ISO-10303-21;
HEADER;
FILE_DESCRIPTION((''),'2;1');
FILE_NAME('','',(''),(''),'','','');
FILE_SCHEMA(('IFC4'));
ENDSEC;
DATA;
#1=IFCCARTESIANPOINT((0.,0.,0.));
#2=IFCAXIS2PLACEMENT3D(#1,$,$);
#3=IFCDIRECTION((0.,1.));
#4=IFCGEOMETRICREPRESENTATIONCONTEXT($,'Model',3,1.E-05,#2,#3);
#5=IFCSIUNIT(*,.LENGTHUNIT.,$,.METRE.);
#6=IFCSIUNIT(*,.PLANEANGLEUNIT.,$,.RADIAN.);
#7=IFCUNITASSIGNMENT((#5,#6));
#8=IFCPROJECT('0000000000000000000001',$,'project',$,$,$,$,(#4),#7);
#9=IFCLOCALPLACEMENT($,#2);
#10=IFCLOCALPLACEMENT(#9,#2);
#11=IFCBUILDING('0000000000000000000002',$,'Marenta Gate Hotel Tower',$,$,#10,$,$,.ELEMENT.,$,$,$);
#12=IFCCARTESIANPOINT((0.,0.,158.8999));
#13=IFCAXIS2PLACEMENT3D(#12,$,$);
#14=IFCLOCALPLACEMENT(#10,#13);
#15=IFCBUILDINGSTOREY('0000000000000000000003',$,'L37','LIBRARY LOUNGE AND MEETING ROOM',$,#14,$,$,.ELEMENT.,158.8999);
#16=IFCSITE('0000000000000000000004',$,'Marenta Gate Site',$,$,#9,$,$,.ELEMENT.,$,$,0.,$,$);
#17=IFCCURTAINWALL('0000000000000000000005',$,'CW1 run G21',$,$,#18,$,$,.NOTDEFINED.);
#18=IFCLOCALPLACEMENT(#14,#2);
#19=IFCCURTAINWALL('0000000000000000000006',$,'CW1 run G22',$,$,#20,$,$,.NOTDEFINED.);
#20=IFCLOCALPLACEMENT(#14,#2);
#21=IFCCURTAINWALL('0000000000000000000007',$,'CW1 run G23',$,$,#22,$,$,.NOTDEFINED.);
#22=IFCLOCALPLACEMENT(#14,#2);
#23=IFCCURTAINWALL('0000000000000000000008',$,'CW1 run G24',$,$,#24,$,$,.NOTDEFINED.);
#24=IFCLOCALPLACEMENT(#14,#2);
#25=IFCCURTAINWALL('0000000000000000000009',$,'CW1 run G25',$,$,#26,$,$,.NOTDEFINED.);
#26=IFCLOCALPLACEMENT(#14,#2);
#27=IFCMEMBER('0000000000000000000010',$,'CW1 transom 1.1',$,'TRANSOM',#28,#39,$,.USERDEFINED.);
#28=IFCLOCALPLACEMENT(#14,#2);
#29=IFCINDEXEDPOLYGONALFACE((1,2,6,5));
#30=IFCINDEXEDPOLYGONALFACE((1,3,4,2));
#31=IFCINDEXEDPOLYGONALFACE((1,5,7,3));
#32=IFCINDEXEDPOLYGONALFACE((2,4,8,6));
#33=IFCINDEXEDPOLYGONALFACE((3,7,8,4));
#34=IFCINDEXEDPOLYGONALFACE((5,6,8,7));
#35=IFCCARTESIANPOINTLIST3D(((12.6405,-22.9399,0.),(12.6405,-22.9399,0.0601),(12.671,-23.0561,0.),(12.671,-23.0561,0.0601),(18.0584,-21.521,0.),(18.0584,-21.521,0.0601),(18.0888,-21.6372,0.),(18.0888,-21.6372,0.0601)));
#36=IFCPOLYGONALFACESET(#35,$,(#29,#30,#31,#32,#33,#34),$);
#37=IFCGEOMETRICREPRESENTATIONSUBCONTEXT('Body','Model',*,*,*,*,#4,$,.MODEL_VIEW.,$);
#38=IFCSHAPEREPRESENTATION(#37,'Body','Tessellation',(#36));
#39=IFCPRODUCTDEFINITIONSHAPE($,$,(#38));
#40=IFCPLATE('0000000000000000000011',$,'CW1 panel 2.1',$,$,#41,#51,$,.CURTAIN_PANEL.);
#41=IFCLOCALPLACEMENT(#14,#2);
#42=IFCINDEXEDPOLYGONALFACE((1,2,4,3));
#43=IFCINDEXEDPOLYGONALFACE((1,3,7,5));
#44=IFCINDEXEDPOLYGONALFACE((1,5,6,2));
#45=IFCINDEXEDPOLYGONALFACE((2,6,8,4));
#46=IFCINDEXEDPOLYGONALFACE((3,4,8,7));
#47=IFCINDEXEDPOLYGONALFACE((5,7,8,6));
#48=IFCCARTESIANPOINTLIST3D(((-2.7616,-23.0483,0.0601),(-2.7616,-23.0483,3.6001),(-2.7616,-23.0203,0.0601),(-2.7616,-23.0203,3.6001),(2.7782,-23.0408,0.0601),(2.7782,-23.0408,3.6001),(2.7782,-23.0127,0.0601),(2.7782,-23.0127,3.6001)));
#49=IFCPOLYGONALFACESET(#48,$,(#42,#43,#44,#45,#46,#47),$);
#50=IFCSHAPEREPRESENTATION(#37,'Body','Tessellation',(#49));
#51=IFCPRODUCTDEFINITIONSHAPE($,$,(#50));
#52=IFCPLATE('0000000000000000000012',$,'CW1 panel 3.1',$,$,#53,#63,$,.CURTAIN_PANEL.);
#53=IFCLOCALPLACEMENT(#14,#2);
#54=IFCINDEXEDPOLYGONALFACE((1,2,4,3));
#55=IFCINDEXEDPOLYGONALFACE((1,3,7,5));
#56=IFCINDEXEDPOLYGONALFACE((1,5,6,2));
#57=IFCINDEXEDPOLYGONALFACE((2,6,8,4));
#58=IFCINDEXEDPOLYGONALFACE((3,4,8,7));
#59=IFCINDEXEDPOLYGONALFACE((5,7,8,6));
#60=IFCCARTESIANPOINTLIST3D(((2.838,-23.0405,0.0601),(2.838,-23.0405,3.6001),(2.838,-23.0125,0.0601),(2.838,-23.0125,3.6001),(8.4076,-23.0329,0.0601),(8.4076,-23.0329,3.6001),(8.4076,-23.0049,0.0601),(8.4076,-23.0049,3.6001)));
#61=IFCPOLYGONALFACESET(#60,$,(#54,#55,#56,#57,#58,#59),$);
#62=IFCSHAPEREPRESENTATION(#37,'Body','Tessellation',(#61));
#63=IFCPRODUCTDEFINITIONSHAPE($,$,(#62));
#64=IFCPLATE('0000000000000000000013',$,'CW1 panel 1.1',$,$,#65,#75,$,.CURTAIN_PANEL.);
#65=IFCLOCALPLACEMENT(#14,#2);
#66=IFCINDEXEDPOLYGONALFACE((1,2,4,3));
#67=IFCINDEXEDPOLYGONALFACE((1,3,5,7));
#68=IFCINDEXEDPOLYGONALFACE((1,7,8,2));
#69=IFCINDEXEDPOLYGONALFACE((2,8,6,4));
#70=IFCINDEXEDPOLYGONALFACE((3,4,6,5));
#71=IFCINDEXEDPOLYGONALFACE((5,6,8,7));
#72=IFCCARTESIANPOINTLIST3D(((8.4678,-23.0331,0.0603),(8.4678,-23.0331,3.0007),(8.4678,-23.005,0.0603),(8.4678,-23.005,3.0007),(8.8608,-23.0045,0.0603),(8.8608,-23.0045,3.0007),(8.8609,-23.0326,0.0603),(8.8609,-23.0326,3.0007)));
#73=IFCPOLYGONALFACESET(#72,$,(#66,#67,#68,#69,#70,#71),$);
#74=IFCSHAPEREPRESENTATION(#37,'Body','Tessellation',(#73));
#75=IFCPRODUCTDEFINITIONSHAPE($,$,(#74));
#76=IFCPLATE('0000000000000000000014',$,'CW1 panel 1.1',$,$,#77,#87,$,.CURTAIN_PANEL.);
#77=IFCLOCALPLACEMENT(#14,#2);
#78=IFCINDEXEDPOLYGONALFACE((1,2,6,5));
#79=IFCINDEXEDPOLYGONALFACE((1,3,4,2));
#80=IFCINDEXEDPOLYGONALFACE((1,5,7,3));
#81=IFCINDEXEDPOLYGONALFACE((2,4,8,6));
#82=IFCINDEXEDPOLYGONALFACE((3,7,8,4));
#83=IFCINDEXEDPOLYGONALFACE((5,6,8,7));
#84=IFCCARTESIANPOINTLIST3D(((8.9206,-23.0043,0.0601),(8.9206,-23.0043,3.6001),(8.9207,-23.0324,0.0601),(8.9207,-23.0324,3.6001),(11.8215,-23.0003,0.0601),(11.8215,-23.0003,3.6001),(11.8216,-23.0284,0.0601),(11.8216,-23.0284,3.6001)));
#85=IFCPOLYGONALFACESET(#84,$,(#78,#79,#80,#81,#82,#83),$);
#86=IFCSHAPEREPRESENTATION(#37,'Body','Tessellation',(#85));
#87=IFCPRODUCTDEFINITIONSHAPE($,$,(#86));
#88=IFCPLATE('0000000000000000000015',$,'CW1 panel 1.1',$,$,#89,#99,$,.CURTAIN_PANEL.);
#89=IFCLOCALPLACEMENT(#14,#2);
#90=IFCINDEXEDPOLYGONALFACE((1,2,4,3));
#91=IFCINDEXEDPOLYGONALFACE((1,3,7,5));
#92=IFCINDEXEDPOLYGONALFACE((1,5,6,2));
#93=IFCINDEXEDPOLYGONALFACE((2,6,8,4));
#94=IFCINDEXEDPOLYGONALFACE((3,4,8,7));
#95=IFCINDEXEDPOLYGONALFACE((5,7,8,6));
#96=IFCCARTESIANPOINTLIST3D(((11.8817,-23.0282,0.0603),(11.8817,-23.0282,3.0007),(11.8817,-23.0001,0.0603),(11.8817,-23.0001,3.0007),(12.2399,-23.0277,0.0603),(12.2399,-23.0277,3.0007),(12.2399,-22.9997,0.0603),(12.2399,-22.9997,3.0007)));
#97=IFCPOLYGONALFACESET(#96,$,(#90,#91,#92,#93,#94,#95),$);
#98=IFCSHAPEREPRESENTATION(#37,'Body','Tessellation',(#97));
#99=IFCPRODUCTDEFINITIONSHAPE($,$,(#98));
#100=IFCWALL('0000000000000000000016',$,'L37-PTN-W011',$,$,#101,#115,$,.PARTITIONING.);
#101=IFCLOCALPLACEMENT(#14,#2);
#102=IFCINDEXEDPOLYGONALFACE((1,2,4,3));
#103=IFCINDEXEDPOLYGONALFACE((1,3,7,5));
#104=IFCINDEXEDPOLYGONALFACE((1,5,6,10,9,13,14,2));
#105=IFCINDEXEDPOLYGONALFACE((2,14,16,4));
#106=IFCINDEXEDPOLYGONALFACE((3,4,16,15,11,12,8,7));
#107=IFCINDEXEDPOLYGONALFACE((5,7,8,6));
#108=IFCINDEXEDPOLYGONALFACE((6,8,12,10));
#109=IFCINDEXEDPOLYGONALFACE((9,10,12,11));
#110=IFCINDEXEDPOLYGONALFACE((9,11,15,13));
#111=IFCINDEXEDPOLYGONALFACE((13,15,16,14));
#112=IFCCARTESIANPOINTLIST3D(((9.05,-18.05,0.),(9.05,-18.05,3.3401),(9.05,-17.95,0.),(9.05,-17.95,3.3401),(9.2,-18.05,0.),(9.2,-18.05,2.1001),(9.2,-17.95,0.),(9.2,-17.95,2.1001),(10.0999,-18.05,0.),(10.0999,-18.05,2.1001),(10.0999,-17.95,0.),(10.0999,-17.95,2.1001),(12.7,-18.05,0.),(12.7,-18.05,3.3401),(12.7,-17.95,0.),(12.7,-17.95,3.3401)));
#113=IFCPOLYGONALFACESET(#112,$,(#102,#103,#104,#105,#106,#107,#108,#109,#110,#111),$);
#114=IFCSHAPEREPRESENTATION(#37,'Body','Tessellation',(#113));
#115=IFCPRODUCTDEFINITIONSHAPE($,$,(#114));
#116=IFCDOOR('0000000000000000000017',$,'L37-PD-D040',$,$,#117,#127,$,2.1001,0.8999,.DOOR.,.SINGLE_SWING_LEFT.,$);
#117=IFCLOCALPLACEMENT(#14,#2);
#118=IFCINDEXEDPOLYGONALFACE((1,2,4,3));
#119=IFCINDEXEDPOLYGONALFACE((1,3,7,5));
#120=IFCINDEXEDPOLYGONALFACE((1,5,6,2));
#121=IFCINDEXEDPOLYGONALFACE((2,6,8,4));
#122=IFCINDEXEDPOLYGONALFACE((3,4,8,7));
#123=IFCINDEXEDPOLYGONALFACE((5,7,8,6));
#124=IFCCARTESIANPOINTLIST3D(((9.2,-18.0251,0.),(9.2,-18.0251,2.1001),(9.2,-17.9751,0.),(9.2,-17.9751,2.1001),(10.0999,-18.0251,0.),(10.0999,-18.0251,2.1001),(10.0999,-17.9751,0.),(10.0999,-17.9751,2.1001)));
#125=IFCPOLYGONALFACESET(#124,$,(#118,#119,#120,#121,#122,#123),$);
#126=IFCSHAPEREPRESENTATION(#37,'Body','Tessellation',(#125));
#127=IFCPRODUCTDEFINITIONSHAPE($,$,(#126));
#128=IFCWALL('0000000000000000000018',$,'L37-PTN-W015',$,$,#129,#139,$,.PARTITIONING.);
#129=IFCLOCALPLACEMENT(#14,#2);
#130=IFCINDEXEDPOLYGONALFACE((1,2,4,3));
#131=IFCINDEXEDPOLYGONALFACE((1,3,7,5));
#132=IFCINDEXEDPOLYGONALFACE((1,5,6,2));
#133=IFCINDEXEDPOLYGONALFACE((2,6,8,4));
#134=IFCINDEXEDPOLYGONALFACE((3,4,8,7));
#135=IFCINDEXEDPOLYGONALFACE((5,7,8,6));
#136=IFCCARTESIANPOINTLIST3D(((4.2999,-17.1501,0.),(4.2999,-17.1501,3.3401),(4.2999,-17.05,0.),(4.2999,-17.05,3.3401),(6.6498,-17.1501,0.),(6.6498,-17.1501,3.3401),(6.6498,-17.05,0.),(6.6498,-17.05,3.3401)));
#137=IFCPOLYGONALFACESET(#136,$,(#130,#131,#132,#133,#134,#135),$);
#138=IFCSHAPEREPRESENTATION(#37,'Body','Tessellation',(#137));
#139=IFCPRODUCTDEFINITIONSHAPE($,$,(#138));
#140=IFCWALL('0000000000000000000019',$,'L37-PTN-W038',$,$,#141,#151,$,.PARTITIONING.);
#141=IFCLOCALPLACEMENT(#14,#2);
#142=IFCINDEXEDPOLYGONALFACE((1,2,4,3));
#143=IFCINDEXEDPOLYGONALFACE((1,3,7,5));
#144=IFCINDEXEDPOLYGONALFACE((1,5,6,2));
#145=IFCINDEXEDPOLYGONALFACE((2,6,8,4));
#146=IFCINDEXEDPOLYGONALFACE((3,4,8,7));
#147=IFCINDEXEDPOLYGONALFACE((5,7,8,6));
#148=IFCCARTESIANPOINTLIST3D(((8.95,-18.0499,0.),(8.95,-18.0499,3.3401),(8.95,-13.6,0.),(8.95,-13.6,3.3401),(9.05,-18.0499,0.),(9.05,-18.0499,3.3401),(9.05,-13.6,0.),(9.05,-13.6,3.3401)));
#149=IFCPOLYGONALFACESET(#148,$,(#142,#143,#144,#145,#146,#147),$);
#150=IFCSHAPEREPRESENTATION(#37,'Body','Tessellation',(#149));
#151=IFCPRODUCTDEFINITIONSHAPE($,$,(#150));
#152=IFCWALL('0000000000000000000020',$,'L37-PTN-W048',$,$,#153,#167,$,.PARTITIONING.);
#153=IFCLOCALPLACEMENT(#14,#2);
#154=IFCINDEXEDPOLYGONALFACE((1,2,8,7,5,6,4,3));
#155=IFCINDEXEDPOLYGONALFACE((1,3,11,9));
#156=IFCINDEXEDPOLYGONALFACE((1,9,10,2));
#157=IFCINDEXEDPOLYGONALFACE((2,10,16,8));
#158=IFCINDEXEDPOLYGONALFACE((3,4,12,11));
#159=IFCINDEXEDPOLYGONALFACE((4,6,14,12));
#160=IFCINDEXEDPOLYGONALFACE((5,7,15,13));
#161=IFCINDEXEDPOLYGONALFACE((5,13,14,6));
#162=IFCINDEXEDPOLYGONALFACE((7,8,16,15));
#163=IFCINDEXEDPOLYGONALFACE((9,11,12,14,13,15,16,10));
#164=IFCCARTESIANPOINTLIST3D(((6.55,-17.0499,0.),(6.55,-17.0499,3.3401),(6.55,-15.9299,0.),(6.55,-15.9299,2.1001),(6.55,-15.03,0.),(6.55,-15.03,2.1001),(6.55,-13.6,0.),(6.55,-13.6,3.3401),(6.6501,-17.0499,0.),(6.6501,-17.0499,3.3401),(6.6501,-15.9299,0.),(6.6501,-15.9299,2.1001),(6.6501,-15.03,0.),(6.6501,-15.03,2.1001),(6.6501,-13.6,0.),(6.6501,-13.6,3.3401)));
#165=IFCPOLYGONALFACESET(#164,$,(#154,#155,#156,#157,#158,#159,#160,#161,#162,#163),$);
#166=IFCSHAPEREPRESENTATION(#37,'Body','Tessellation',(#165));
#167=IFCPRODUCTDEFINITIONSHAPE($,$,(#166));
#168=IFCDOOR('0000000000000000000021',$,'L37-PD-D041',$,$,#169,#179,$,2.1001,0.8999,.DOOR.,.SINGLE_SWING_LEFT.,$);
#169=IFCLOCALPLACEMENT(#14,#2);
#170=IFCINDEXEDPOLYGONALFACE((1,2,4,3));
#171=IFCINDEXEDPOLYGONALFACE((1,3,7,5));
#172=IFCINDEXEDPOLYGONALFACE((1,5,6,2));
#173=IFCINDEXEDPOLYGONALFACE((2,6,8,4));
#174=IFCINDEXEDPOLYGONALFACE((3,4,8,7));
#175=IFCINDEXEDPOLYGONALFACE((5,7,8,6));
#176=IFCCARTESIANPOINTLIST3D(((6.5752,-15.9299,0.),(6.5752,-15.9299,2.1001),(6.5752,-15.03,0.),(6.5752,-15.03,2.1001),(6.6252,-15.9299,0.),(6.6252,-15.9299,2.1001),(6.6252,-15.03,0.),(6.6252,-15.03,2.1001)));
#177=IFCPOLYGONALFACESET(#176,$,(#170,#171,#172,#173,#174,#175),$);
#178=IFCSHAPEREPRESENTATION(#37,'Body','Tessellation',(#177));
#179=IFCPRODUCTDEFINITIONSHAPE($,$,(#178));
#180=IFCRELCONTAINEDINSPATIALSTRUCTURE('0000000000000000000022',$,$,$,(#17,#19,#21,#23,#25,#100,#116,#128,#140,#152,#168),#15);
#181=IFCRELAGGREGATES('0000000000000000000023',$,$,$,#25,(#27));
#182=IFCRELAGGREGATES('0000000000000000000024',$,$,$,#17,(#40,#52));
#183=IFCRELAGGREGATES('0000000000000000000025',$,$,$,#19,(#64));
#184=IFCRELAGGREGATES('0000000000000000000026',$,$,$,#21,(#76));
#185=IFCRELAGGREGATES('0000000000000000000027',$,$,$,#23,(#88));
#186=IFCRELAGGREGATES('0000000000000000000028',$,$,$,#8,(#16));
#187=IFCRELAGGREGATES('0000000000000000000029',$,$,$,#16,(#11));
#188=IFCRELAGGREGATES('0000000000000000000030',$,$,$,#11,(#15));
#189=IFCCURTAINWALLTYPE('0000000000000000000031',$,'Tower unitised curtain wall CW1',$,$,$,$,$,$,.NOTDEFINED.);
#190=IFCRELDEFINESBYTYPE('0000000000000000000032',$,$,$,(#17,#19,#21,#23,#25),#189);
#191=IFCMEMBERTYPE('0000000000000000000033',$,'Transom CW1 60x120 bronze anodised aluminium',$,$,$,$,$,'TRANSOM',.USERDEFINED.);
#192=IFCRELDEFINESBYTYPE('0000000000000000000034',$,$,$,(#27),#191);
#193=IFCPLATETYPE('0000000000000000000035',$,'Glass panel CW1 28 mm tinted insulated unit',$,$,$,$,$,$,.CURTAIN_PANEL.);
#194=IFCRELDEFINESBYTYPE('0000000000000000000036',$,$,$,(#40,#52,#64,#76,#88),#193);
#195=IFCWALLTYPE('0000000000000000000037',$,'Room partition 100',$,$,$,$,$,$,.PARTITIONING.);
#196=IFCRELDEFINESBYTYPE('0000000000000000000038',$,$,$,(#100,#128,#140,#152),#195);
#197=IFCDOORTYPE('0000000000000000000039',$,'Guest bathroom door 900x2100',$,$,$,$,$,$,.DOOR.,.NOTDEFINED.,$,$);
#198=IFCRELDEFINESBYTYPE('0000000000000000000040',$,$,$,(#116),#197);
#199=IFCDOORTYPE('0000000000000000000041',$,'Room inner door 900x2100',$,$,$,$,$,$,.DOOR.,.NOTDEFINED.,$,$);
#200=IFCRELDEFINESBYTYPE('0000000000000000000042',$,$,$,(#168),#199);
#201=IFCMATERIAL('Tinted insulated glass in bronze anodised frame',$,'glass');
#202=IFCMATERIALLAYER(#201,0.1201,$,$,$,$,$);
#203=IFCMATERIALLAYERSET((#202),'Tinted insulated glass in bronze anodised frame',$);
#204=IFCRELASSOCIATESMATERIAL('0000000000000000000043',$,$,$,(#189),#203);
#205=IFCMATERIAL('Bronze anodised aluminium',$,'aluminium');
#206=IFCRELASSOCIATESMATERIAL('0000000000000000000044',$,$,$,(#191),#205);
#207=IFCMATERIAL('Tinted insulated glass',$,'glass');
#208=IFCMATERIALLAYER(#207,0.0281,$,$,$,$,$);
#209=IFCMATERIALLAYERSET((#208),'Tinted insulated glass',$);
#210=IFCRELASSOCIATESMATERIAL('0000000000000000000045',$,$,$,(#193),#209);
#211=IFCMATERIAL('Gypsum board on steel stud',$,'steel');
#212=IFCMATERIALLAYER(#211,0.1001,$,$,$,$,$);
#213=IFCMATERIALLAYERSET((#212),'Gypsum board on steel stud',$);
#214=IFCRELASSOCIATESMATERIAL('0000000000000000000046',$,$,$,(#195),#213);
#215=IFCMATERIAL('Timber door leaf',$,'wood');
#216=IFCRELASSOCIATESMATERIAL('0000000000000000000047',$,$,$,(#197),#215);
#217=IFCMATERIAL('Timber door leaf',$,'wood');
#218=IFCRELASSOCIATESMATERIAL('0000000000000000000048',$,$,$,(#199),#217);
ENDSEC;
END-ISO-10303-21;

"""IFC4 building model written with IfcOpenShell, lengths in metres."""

from ifc_helpers import new_model, si_unit, direction, frame, frame_2d, origin, origin_2d, place, context, subcontext, project, spatial, rectangle, extrude, material, layer, layer_set, material_profile, profile_set, type_object, element, fill, aggregate, save


model = new_model("IFC4")

# Units and contexts
model_context = context("Model", 3, precision=1e-05, world=origin(), true_north=direction((0.0, 1.0)))
body_context = subcontext(model_context, "Body", "Model", "MODEL_VIEW")
ifc_project = project(units=[si_unit("LENGTHUNIT", "METRE"), si_unit("PLANEANGLEUNIT", "RADIAN")], contexts=[model_context])

# Site, building, storey
site_placement = place(None, origin())
site = spatial("IfcSite", under=ifc_project, at=site_placement, Name="Marenta Gate Site", CompositionType="ELEMENT", RefElevation=0.0)
building_placement = place(site_placement, origin())
building = spatial("IfcBuilding", under=site, at=building_placement, Name="Marenta Gate Hotel Tower", CompositionType="ELEMENT")
storey_placement = place(building_placement, frame((0.0, 0.0, 158.8999)))
storey = spatial("IfcBuildingStorey", under=building, at=storey_placement, Name="L37", Description="LIBRARY LOUNGE AND MEETING ROOM", CompositionType="ELEMENT", Elevation=158.8999)

# Curtain walls
ifc_material_1 = material(Name="Tinted insulated glass in bronze anodised frame", Category="glass")
ifc_layer_1 = layer(ifc_material_1, 0.1201)
ifc_layer_set_1 = layer_set([ifc_layer_1], Name="Tinted insulated glass in bronze anodised frame")
curtain_wall_type = type_object("IfcCurtainWallType", Name="Tower unitised curtain wall CW1", PredefinedType="NOTDEFINED", material=ifc_layer_set_1)
curtain_wall_1_placement = place(storey_placement, origin())
curtain_wall_1 = element("IfcCurtainWall", 1, at=curtain_wall_1_placement, inside=storey, type_object=curtain_wall_type, Name="CW1 run G21", PredefinedType="NOTDEFINED")
curtain_wall_2_placement = place(storey_placement, origin())
curtain_wall_2 = element("IfcCurtainWall", 2, at=curtain_wall_2_placement, inside=storey, type_object=curtain_wall_type, Name="CW1 run G22", PredefinedType="NOTDEFINED")
curtain_wall_3_placement = place(storey_placement, origin())
curtain_wall_3 = element("IfcCurtainWall", 3, at=curtain_wall_3_placement, inside=storey, type_object=curtain_wall_type, Name="CW1 run G23", PredefinedType="NOTDEFINED")

# Curtain wall
curtain_wall_4_placement = place(storey_placement, origin())
curtain_wall_4 = element("IfcCurtainWall", 4, at=curtain_wall_4_placement, inside=storey, type_object=curtain_wall_type, Name="CW1 run G24", PredefinedType="NOTDEFINED")

# Curtain wall
curtain_wall_5_placement = place(storey_placement, origin())
curtain_wall_5 = element("IfcCurtainWall", 5, at=curtain_wall_5_placement, inside=storey, type_object=curtain_wall_type, Name="CW1 run G25", PredefinedType="NOTDEFINED")

# Member
ifc_material_2 = material(Name="Bronze anodised aluminium", Category="aluminium")
ifc_material_profile_1 = material_profile(ifc_material_2, rectangle(XDim=0.1201, YDim=0.0601, at=origin_2d()), Name="Transom CW1 60x120 bronze anodised aluminium")
ifc_profile_set_1 = profile_set([ifc_material_profile_1], Name="Bronze anodised aluminium")
member_type_1 = type_object("IfcMemberType", Name="Transom CW1 60x120 bronze anodised aluminium", ElementType="TRANSOM", PredefinedType="USERDEFINED", material=ifc_profile_set_1)
member_1_placement = place(storey_placement, frame((12.6558, -22.998, 0.03), z_axis=(0.967374, 0.253352, 0.0), x_axis=(-0.253352, 0.967374, 0.0)))
member_1 = element("IfcMember", 6, at=member_1_placement, type_object=member_type_1, Name="CW1 transom 1.1", ObjectType="TRANSOM", PredefinedType="USERDEFINED", context=body_context, shape_type="SweptSolid", body=[
    extrude(rectangle(XDim=0.1201, YDim=0.0601, at=origin_2d()), origin(), (0.0, 0.0, 1.0), 5.6006),
])
aggregate(curtain_wall_5, [member_1])

# Plates
ifc_material_3 = material(Name="Tinted insulated glass", Category="glass")
ifc_layer_2 = layer(ifc_material_3, 0.0281)
ifc_layer_set_2 = layer_set([ifc_layer_2], Name="Tinted insulated glass")
plate_type = type_object("IfcPlateType", Name="Glass panel CW1 28 mm tinted insulated unit", PredefinedType="CURTAIN_PANEL", material=ifc_layer_set_2)
plate_1_placement = place(storey_placement, frame((0.0083, -23.0305, 0.0601), z_axis=(0.0, 0.0, 1.0), x_axis=(0.999999, 0.001363, 0.0)))
plate_1 = element("IfcPlate", 7, at=plate_1_placement, type_object=plate_type, Name="CW1 panel 2.1", PredefinedType="CURTAIN_PANEL", context=body_context, shape_type="SweptSolid", body=[
    extrude(rectangle(XDim=5.5398, YDim=0.0281, at=origin_2d()), origin(), (0.0, 0.0, 1.0), 3.54),
])
plate_2_placement = place(storey_placement, frame((5.6228, -23.0227, 0.0601), z_axis=(0.0, 0.0, 1.0), x_axis=(0.999999, 0.001363, 0.0)))
plate_2 = element("IfcPlate", 8, at=plate_2_placement, type_object=plate_type, Name="CW1 panel 3.1", PredefinedType="CURTAIN_PANEL", context=body_context, shape_type="SweptSolid", body=[
    extrude(rectangle(XDim=5.5696, YDim=0.0281, at=origin_2d()), origin(), (0.0, 0.0, 1.0), 3.54),
])
aggregate(curtain_wall_1, [plate_1, plate_2])
plate_3_placement = place(storey_placement, frame((8.6643, -23.0188, 0.0603), z_axis=(0.0, 0.0, 1.0), x_axis=(0.999999, 0.001325, 0.0)))
plate_3 = element("IfcPlate", 9, at=plate_3_placement, type_object=plate_type, Name="CW1 panel 1.1", PredefinedType="CURTAIN_PANEL", context=body_context, shape_type="SweptSolid", body=[
    extrude(rectangle(XDim=0.3931, YDim=0.0281, at=origin_2d()), origin(), (0.0, 0.0, 1.0), 2.9404),
])
aggregate(curtain_wall_2, [plate_3])
plate_4_placement = place(storey_placement, frame((10.3711, -23.0164, 0.0601), z_axis=(0.0, 0.0, 1.0), x_axis=(0.999999, 0.001385, 0.0)))
plate_4 = element("IfcPlate", 10, at=plate_4_placement, type_object=plate_type, Name="CW1 panel 1.1", PredefinedType="CURTAIN_PANEL", context=body_context, shape_type="SweptSolid", body=[
    extrude(rectangle(XDim=2.9009, YDim=0.0281, at=origin_2d()), origin(), (0.0, 0.0, 1.0), 3.54),
])
aggregate(curtain_wall_3, [plate_4])
plate_5_placement = place(storey_placement, frame((12.0608, -23.0139, 0.0603), z_axis=(0.0, 0.0, 1.0), x_axis=(0.999999, 0.001255, 0.0)))
plate_5 = element("IfcPlate", 11, at=plate_5_placement, type_object=plate_type, Name="CW1 panel 1.1", PredefinedType="CURTAIN_PANEL", context=body_context, shape_type="SweptSolid", body=[
    extrude(rectangle(XDim=0.3582, YDim=0.0281, at=origin_2d()), origin(), (0.0, 0.0, 1.0), 2.9404),
])
aggregate(curtain_wall_4, [plate_5])

# Wall, opening, door
ifc_material_4 = material(Name="Gypsum board on steel stud", Category="steel")
ifc_layer_3 = layer(ifc_material_4, 0.1001)
ifc_layer_set_3 = layer_set([ifc_layer_3], Name="Gypsum board on steel stud")
wall_type_1 = type_object("IfcWallType", Name="Room partition 100", PredefinedType="PARTITIONING", material=ifc_layer_set_3)
wall_1_placement = place(storey_placement, frame((9.05, -18.0, 0.0), z_axis=(0.0, 0.0, 1.0), x_axis=(1.0, 0.0, 0.0)))
wall_1 = element("IfcWall", 12, at=wall_1_placement, inside=storey, type_object=wall_type_1, Name="L37-PTN-W011", PredefinedType="PARTITIONING", context=body_context, shape_type="SweptSolid", body=[
    extrude(rectangle(XDim=3.6499, YDim=0.1001, at=frame_2d((1.825, 0.0))), origin(), (0.0, 0.0, 1.0), 3.3401),
])
opening_1_placement = place(wall_1_placement, frame((0.1499, 0.0, 0.0)))
opening_1 = element("IfcOpeningElement", 13, at=opening_1_placement, cuts=wall_1, PredefinedType="OPENING", context=body_context, shape_type="SweptSolid", body=[
    extrude(rectangle(XDim=0.8999, YDim=2.1001, at=frame_2d((0.45, 1.05))), frame((0.0, 0.05, 0.0), z_axis=(0.0, -1.0, 0.0), x_axis=(1.0, 0.0, 0.0)), (0.0, 0.0, 1.0), 0.1001),
])
ifc_material_5 = material(Name="Timber door leaf", Category="wood")
door_type_1 = type_object("IfcDoorType", Name="Guest bathroom door 900x2100", OperationType="NOTDEFINED", PredefinedType="DOOR", material=ifc_material_5)
door_1_placement = place(opening_1_placement, origin())
door_1 = element("IfcDoor", 14, at=door_1_placement, inside=storey, type_object=door_type_1, Name="L37-PD-D040", OperationType="SINGLE_SWING_LEFT", OverallHeight=2.1001, OverallWidth=0.8999, PredefinedType="DOOR", context=body_context, shape_type="SweptSolid", body=[
    extrude(rectangle(XDim=0.8999, YDim=2.1001, at=frame_2d((0.45, 1.05))), frame((0.0, 0.0249, 0.0), z_axis=(0.0, -1.0, 0.0), x_axis=(1.0, 0.0, 0.0)), (0.0, 0.0, 1.0), 0.05),
])
fill(opening_1, door_1)

# Walls
wall_2_placement = place(storey_placement, frame((4.3, -17.1001, 0.0), z_axis=(0.0, 0.0, 1.0), x_axis=(1.0, 0.0, 0.0)))
element("IfcWall", 15, at=wall_2_placement, inside=storey, type_object=wall_type_1, Name="L37-PTN-W015", PredefinedType="PARTITIONING", context=body_context, shape_type="SweptSolid", body=[
    extrude(rectangle(XDim=2.3499, YDim=0.1001, at=frame_2d((1.1748, 0.0))), origin(), (0.0, 0.0, 1.0), 3.3401),
])
wall_3_placement = place(storey_placement, frame((9.0, -18.05, 0.0), z_axis=(0.0, 0.0, 1.0), x_axis=(0.0, 1.0, 0.0)))
element("IfcWall", 16, at=wall_3_placement, inside=storey, type_object=wall_type_1, Name="L37-PTN-W038", PredefinedType="PARTITIONING", context=body_context, shape_type="SweptSolid", body=[
    extrude(rectangle(XDim=4.45, YDim=0.1001, at=frame_2d((2.2251, 0.0))), origin(), (0.0, 0.0, 1.0), 3.3401),
])

# Wall, opening, door
wall_4_placement = place(storey_placement, frame((6.6001, -17.05, 0.0), z_axis=(0.0, 0.0, 1.0), x_axis=(0.0, 1.0, 0.0)))
wall_4 = element("IfcWall", 17, at=wall_4_placement, inside=storey, type_object=wall_type_1, Name="L37-PTN-W048", PredefinedType="PARTITIONING", context=body_context, shape_type="SweptSolid", body=[
    extrude(rectangle(XDim=3.45, YDim=0.1001, at=frame_2d((1.7251, 0.0))), origin(), (0.0, 0.0, 1.0), 3.3401),
])
opening_2_placement = place(wall_4_placement, frame((1.1201, 0.0, 0.0)))
opening_2 = element("IfcOpeningElement", 18, at=opening_2_placement, cuts=wall_4, PredefinedType="OPENING", context=body_context, shape_type="SweptSolid", body=[
    extrude(rectangle(XDim=0.8999, YDim=2.1001, at=frame_2d((0.45, 1.05))), frame((0.0, 0.05, 0.0), z_axis=(0.0, -1.0, 0.0), x_axis=(1.0, 0.0, 0.0)), (0.0, 0.0, 1.0), 0.1001),
])
ifc_material_6 = material(Name="Timber door leaf", Category="wood")
door_type_2 = type_object("IfcDoorType", Name="Room inner door 900x2100", OperationType="NOTDEFINED", PredefinedType="DOOR", material=ifc_material_6)
door_2_placement = place(opening_2_placement, origin())
door_2 = element("IfcDoor", 19, at=door_2_placement, inside=storey, type_object=door_type_2, Name="L37-PD-D041", OperationType="SINGLE_SWING_LEFT", OverallHeight=2.1001, OverallWidth=0.8999, PredefinedType="DOOR", context=body_context, shape_type="SweptSolid", body=[
    extrude(rectangle(XDim=0.8999, YDim=2.1001, at=frame_2d((0.45, 1.05))), frame((0.0, 0.0249, 0.0), z_axis=(0.0, -1.0, 0.0), x_axis=(1.0, 0.0, 0.0)), (0.0, 0.0, 1.0), 0.05),
])
fill(opening_2, door_2)

save(model, "model.ifc")
